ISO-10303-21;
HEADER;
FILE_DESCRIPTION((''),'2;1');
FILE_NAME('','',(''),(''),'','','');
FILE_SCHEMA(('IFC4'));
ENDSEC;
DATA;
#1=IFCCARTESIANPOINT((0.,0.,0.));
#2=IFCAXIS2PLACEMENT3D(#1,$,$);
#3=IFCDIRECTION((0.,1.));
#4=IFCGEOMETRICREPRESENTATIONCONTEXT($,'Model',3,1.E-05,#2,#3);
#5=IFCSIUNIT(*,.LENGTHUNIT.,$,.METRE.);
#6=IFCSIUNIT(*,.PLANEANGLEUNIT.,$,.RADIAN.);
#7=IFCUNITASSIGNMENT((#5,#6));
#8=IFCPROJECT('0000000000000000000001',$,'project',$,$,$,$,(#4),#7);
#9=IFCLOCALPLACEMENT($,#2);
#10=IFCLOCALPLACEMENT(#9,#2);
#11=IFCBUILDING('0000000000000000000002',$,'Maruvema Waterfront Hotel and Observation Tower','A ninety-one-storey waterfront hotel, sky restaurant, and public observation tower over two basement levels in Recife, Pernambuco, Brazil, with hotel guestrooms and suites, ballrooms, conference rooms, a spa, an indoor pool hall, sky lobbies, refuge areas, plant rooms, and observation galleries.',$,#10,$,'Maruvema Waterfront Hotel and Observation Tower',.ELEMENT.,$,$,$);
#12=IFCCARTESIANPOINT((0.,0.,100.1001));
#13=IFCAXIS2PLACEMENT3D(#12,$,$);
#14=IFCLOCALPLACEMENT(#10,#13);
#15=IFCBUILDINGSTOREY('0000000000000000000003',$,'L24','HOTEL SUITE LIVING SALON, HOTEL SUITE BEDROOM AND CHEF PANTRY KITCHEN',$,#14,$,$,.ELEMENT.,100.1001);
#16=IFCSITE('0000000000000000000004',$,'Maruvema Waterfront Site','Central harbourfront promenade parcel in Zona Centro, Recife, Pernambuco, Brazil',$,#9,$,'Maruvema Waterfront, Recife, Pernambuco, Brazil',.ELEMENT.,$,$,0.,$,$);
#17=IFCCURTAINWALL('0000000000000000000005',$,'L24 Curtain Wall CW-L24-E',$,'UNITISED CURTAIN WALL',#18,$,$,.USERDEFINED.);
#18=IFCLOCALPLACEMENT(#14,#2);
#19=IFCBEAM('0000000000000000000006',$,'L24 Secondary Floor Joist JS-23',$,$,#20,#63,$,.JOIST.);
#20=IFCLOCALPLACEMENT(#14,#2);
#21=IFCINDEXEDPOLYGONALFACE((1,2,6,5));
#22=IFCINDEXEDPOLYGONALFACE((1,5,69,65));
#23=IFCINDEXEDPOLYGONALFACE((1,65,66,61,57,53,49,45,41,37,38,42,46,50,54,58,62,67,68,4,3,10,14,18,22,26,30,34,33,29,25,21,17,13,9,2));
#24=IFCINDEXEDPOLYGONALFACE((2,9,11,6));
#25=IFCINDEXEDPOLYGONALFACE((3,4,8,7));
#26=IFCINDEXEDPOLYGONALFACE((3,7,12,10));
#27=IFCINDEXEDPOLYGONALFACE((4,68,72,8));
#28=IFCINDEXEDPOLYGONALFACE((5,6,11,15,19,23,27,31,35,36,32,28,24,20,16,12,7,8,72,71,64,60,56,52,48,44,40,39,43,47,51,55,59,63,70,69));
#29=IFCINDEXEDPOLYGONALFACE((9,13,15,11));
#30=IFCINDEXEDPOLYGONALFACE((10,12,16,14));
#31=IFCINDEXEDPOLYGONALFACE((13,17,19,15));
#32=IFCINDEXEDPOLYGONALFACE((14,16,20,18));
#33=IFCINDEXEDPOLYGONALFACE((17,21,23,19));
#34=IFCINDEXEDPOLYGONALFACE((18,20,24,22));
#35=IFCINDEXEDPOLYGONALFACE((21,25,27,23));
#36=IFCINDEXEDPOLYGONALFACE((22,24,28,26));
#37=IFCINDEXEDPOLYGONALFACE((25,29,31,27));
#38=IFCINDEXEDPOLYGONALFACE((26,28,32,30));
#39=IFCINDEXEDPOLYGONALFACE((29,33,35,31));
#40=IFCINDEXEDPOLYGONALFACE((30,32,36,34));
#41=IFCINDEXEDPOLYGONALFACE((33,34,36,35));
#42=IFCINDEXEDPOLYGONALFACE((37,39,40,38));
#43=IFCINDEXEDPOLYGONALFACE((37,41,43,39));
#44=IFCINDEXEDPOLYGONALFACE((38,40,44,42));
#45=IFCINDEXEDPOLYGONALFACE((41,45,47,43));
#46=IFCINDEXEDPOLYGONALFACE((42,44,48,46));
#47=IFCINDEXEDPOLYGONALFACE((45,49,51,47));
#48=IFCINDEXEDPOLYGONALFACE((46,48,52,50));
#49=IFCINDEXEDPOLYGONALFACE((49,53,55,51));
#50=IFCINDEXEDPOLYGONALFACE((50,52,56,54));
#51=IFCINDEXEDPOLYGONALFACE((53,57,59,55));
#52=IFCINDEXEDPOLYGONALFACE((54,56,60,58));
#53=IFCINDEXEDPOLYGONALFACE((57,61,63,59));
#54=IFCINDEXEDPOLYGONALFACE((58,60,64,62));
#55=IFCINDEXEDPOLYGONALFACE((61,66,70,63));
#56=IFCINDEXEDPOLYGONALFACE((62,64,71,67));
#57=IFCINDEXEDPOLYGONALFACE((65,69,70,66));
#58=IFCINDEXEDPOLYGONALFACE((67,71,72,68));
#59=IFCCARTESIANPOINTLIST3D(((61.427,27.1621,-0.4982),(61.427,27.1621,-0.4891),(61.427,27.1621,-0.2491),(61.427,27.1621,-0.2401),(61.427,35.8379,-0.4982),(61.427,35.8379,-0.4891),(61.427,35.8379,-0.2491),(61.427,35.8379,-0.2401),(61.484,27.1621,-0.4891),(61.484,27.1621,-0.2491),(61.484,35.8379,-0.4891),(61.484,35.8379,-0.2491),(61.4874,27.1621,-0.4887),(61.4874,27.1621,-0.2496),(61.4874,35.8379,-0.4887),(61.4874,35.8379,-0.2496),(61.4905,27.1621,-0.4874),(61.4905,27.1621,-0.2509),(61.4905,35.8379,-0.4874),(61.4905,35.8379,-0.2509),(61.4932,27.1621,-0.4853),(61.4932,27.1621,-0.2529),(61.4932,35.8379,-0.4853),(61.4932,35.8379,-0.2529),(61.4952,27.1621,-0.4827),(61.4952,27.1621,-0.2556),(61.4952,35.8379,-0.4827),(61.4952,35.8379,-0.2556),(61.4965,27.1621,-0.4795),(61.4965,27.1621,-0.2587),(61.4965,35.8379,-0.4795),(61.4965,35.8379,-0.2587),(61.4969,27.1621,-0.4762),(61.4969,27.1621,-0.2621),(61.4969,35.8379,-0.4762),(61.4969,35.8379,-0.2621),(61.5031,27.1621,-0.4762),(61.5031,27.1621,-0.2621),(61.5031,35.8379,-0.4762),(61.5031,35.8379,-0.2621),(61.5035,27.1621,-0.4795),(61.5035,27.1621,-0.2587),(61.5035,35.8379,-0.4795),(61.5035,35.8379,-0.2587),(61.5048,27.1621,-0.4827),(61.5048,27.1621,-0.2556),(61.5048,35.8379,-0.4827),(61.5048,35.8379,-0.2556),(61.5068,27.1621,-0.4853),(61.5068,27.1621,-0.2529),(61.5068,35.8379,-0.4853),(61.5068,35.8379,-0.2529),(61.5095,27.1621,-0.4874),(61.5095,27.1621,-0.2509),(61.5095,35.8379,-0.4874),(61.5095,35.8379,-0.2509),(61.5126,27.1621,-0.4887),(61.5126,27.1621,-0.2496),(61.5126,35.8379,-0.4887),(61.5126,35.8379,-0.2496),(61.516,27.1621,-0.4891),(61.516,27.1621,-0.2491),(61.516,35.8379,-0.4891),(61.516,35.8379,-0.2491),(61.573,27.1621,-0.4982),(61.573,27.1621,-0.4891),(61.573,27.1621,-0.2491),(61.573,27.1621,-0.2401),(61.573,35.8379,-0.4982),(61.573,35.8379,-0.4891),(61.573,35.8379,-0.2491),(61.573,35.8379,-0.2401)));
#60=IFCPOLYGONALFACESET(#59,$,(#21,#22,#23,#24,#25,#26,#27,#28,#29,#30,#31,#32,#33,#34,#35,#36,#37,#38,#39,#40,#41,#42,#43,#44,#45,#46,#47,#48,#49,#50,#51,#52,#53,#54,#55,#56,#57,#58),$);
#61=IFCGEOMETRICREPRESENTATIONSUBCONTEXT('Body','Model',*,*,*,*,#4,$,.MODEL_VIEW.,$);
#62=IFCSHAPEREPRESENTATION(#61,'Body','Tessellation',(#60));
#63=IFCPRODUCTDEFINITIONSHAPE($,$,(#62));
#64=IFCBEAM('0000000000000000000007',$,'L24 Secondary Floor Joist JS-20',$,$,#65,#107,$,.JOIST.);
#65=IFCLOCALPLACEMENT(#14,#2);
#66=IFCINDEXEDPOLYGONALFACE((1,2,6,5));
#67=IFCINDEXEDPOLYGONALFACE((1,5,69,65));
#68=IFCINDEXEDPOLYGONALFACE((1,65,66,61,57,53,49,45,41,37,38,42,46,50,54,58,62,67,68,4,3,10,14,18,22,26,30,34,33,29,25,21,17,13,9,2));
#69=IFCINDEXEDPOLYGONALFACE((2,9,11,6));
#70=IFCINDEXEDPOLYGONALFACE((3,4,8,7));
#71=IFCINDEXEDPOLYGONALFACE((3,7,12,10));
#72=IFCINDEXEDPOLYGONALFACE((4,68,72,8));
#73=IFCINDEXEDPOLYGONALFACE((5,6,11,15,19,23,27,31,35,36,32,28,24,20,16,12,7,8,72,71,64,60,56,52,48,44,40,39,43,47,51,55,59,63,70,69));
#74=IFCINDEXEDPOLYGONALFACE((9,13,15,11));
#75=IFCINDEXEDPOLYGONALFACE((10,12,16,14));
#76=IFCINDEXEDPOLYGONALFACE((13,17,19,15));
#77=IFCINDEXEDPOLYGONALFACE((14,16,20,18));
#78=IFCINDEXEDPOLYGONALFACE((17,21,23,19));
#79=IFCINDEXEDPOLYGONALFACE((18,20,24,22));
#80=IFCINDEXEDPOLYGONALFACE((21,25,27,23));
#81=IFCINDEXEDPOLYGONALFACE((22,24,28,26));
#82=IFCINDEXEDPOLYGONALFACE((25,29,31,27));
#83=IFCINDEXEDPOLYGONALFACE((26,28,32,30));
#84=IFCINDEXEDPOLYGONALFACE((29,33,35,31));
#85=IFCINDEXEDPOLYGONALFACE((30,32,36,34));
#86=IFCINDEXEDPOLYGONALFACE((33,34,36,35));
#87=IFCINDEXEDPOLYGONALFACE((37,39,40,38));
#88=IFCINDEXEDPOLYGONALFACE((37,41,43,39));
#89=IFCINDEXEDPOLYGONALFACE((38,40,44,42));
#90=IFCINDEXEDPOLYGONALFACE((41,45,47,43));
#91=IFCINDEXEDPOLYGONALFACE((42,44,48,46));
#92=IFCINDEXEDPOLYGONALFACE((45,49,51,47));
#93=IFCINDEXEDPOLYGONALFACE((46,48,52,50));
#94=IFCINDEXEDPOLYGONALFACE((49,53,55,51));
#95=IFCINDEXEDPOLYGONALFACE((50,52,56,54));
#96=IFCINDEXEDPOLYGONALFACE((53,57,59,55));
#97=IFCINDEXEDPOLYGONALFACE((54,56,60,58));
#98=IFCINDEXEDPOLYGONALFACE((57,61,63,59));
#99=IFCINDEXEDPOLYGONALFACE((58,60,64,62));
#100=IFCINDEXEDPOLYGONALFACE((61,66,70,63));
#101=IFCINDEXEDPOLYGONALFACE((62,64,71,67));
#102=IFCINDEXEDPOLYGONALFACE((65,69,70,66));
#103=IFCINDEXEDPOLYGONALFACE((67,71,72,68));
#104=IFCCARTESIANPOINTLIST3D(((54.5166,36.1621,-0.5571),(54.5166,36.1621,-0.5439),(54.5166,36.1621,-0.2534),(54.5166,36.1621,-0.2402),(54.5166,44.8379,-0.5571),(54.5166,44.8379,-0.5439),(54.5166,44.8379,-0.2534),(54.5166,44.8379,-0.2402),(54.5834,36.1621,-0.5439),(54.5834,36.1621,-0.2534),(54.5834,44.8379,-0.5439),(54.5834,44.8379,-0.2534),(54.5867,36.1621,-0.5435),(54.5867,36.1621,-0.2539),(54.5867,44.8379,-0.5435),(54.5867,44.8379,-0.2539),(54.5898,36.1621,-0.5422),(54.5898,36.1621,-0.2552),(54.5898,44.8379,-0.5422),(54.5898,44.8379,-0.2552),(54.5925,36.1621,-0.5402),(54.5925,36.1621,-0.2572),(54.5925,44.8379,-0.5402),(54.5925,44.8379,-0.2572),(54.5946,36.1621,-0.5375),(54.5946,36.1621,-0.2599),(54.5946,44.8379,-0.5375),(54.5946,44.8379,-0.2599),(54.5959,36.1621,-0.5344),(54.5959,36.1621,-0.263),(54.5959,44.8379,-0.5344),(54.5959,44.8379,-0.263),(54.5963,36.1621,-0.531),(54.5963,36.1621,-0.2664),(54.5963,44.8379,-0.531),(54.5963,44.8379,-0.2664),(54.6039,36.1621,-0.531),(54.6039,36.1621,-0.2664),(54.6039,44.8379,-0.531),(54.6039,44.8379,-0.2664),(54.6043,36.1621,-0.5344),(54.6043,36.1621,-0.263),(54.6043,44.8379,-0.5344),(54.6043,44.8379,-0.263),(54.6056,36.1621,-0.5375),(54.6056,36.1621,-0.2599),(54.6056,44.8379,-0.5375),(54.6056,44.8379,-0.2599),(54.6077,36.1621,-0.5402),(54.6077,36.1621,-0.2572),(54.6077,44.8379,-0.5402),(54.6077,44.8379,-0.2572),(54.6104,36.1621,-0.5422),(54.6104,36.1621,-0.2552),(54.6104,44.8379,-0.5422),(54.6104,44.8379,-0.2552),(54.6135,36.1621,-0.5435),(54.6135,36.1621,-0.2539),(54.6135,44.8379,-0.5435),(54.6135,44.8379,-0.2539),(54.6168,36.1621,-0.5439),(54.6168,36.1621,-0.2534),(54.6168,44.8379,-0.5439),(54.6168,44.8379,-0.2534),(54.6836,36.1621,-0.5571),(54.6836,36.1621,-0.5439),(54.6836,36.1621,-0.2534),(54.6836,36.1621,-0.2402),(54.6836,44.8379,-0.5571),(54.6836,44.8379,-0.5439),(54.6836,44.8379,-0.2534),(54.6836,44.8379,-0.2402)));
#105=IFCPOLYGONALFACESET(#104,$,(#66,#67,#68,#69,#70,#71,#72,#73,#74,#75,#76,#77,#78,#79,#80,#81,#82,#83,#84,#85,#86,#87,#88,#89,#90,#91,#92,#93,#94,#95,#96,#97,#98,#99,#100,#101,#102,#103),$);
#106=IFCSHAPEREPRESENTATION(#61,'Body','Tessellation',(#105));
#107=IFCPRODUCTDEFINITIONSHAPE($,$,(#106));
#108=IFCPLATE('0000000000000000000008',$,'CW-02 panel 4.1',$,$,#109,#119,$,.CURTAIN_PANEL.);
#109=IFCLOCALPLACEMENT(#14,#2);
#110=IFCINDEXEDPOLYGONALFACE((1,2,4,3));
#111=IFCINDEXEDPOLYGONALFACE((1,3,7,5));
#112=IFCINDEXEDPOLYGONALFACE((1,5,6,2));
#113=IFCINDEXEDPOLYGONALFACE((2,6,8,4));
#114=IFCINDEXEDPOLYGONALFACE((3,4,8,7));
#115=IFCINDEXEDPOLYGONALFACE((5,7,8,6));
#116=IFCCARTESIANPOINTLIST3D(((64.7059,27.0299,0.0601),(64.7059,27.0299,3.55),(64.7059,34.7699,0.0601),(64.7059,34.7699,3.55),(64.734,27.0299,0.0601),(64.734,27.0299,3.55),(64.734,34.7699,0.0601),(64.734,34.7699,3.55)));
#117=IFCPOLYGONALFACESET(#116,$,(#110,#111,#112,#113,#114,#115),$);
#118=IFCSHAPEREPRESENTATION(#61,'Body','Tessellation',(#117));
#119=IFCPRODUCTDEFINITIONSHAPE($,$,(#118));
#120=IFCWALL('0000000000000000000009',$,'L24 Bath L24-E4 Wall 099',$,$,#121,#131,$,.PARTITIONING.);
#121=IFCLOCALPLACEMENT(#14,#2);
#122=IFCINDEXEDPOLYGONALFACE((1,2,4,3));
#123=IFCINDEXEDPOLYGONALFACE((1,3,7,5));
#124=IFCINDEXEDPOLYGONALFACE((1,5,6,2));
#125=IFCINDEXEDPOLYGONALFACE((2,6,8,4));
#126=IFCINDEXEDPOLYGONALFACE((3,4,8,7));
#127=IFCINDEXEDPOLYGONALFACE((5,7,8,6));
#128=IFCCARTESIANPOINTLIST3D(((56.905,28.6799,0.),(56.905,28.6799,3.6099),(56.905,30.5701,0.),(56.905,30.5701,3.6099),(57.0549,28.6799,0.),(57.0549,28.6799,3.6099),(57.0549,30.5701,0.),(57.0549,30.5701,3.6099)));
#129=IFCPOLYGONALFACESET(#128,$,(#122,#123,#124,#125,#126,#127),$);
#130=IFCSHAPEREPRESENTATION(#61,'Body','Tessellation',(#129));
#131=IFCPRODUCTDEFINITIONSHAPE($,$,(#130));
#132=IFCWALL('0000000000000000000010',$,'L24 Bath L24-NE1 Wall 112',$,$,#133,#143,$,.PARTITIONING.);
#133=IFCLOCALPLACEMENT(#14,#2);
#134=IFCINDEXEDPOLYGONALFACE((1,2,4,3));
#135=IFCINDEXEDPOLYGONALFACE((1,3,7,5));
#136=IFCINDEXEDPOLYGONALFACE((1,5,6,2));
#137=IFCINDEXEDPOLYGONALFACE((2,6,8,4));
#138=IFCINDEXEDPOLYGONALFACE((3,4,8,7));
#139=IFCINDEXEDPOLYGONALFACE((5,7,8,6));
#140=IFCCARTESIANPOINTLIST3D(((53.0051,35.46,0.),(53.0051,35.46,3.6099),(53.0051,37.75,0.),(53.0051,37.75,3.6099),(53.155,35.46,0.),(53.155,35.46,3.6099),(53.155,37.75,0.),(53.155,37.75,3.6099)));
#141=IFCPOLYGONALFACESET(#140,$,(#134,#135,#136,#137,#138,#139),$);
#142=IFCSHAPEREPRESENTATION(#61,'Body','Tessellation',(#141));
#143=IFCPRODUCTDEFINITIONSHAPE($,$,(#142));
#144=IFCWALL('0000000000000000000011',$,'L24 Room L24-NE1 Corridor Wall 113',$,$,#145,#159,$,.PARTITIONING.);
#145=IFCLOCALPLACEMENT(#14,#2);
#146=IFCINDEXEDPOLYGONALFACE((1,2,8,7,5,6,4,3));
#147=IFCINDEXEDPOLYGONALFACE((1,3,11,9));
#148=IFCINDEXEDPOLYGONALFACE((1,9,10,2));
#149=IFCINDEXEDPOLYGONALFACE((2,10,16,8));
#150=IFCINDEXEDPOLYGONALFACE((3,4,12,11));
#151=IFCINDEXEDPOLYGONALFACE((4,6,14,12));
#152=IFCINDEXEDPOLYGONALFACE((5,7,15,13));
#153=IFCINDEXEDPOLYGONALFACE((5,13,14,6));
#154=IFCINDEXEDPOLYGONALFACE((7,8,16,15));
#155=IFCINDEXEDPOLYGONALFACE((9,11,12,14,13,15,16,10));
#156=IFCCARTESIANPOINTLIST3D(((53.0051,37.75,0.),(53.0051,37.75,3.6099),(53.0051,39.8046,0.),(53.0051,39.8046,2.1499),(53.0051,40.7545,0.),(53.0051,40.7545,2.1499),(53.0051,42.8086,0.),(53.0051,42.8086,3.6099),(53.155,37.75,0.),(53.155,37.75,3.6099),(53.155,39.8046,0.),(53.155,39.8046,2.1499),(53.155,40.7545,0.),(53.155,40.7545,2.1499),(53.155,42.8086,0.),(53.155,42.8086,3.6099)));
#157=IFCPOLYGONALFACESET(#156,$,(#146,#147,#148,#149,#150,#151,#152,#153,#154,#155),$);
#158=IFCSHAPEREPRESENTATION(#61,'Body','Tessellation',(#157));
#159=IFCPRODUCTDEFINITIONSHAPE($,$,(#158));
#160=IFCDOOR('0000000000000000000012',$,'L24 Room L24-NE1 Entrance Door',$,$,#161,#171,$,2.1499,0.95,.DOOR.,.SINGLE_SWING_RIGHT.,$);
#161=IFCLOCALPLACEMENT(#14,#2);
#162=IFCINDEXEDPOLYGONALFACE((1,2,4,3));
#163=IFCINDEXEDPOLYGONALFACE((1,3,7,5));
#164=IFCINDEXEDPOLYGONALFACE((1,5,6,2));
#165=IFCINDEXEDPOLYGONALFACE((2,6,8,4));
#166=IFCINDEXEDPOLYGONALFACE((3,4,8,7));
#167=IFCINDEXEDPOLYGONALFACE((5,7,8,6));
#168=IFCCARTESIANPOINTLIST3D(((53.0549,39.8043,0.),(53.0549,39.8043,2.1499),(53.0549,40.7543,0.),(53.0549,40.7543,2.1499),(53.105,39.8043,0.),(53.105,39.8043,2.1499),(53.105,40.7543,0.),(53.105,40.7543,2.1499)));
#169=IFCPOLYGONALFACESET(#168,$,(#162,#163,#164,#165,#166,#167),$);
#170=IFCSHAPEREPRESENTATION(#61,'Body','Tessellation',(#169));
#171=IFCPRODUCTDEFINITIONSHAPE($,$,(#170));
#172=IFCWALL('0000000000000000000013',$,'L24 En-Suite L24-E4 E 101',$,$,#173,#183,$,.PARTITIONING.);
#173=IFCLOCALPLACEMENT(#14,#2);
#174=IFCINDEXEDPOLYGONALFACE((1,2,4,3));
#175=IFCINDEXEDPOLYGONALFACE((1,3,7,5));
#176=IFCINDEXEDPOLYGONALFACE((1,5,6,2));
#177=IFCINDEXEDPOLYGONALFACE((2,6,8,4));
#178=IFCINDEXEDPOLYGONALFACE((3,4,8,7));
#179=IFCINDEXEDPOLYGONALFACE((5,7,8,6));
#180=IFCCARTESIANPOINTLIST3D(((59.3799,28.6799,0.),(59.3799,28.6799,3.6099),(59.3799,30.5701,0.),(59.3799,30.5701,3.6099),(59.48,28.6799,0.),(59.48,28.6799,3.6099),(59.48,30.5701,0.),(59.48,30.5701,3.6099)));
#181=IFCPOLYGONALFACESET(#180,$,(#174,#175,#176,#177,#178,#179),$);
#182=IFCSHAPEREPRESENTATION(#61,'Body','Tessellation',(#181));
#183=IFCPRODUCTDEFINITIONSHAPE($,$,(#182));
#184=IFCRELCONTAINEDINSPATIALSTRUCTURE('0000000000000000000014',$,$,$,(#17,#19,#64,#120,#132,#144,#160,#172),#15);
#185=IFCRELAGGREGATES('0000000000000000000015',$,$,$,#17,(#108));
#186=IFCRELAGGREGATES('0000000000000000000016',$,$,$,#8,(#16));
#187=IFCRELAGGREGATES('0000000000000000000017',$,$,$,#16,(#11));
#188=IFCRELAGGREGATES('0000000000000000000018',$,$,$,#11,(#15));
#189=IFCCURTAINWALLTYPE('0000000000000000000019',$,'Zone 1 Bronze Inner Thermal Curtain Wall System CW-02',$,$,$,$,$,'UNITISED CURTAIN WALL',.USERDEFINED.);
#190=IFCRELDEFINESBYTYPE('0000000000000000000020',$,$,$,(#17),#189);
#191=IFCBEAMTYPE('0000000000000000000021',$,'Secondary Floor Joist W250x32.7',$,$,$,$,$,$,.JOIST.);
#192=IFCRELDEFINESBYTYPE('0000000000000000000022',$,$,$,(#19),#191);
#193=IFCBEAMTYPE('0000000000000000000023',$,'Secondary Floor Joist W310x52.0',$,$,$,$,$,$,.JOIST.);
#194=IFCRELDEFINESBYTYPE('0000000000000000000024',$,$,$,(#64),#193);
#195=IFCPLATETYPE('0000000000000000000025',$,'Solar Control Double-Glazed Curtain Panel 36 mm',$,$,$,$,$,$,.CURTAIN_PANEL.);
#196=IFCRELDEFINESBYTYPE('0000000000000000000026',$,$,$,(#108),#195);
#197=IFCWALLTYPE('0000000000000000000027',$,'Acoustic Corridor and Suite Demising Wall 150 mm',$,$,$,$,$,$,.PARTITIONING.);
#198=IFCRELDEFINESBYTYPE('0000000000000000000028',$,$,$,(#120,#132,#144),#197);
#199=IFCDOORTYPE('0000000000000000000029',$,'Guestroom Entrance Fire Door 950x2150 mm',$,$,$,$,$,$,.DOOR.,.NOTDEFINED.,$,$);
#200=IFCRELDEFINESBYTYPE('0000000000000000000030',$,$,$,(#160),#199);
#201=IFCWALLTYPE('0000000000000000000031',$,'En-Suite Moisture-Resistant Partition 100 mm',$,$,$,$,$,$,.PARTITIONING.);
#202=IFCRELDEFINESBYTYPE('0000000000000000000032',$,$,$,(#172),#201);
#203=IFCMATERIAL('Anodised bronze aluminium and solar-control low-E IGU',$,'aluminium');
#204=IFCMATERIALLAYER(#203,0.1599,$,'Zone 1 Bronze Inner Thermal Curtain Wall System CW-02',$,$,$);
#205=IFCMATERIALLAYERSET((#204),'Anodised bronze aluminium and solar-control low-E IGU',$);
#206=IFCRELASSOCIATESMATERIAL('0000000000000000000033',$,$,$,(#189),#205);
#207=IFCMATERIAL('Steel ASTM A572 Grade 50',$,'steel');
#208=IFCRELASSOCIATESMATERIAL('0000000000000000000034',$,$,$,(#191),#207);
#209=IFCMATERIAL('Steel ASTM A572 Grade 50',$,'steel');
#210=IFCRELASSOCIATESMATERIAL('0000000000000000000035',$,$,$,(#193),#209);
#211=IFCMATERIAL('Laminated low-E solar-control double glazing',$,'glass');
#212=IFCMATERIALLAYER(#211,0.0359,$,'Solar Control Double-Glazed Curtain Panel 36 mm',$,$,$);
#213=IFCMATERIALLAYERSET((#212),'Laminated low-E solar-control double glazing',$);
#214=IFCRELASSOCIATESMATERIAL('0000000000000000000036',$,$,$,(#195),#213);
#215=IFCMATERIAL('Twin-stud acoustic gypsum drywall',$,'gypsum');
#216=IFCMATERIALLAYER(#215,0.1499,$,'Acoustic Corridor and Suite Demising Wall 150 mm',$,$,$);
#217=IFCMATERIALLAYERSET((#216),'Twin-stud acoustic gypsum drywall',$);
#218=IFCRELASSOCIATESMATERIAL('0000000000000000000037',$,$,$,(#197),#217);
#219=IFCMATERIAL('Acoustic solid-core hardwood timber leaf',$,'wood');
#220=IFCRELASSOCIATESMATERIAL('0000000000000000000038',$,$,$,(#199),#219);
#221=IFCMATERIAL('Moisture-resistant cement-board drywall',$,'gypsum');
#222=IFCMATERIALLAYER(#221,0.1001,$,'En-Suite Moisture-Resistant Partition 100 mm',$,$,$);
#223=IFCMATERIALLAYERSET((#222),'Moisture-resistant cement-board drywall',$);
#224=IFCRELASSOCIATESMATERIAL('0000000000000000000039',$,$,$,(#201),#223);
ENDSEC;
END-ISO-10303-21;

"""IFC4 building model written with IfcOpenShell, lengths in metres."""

from ifc_helpers import new_model, si_unit, direction, frame, frame_2d, origin, origin_2d, place, context, subcontext, project, spatial, rectangle, i_section, extrude, material, layer, layer_set, material_profile, profile_set, type_object, element, fill, aggregate, save


model = new_model("IFC4")

# Units and contexts
model_context = context("Model", 3, precision=1e-05, world=origin(), true_north=direction((0.0, 1.0)))
body_context = subcontext(model_context, "Body", "Model", "MODEL_VIEW")
ifc_project = project(units=[si_unit("LENGTHUNIT", "METRE"), si_unit("PLANEANGLEUNIT", "RADIAN")], contexts=[model_context])

# Site, building, storey
site_placement = place(None, origin())
site = spatial("IfcSite", under=ifc_project, at=site_placement, Name="Maruvema Waterfront Site", Description="Central harbourfront promenade parcel in Zona Centro, Recife, Pernambuco, Brazil", LongName="Maruvema Waterfront, Recife, Pernambuco, Brazil", CompositionType="ELEMENT", RefElevation=0.0)
building_placement = place(site_placement, origin())
building = spatial("IfcBuilding", under=site, at=building_placement, Name="Maruvema Waterfront Hotel and Observation Tower", Description="A ninety-one-storey waterfront hotel, sky restaurant, and public observation tower over two basement levels in Recife, Pernambuco, Brazil, with hotel guestrooms and suites, ballrooms, conference rooms, a spa, an indoor pool hall, sky lobbies, refuge areas, plant rooms, and observation galleries.", LongName="Maruvema Waterfront Hotel and Observation Tower", CompositionType="ELEMENT")
storey_placement = place(building_placement, frame((0.0, 0.0, 100.1001)))
storey = spatial("IfcBuildingStorey", under=building, at=storey_placement, Name="L24", Description="HOTEL SUITE LIVING SALON, HOTEL SUITE BEDROOM AND CHEF PANTRY KITCHEN", CompositionType="ELEMENT", Elevation=100.1001)

# Curtain wall
ifc_material_1 = material(Name="Anodised bronze aluminium and solar-control low-E IGU", Category="aluminium")
ifc_layer_1 = layer(ifc_material_1, 0.1599, Name="Zone 1 Bronze Inner Thermal Curtain Wall System CW-02")
ifc_layer_set_1 = layer_set([ifc_layer_1], Name="Anodised bronze aluminium and solar-control low-E IGU")
curtain_wall_type = type_object("IfcCurtainWallType", Name="Zone 1 Bronze Inner Thermal Curtain Wall System CW-02", ElementType="UNITISED CURTAIN WALL", PredefinedType="USERDEFINED", material=ifc_layer_set_1)
curtain_wall_placement = place(storey_placement, origin())
curtain_wall = element("IfcCurtainWall", 1, at=curtain_wall_placement, inside=storey, type_object=curtain_wall_type, Name="L24 Curtain Wall CW-L24-E", ObjectType="UNITISED CURTAIN WALL", PredefinedType="USERDEFINED")

# Beams
ifc_material_2 = material(Name="Steel ASTM A572 Grade 50", Category="steel")
ifc_material_profile_1 = material_profile(ifc_material_2, i_section(OverallWidth=0.146, OverallDepth=0.2581, WebThickness=0.0061, FlangeThickness=0.009, FilletRadius=0.0129, at=origin_2d()), Name="W250x32.7")
ifc_profile_set_1 = profile_set([ifc_material_profile_1], Name="Steel ASTM A572 Grade 50")
beam_type_1 = type_object("IfcBeamType", Name="Secondary Floor Joist W250x32.7", PredefinedType="JOIST", material=ifc_profile_set_1)
beam_1_placement = place(storey_placement, frame((61.5, 27.1621, -0.3691), z_axis=(0.0, 1.0, 0.0), x_axis=(-1.0, 0.0, 0.0)))
element("IfcBeam", 2, at=beam_1_placement, inside=storey, type_object=beam_type_1, Name="L24 Secondary Floor Joist JS-23", PredefinedType="JOIST", context=body_context, shape_type="SweptSolid", body=[
    extrude(i_section(OverallWidth=0.146, OverallDepth=0.2581, WebThickness=0.0061, FlangeThickness=0.009, FilletRadius=0.0129, at=origin_2d()), origin(), (0.0, 0.0, 1.0), 8.6758),
])
ifc_material_3 = material(Name="Steel ASTM A572 Grade 50", Category="steel")
ifc_material_profile_2 = material_profile(ifc_material_3, i_section(OverallWidth=0.167, OverallDepth=0.3169, WebThickness=0.0076, FlangeThickness=0.0132, FilletRadius=0.0129, at=origin_2d()), Name="W310x52.0")
ifc_profile_set_2 = profile_set([ifc_material_profile_2], Name="Steel ASTM A572 Grade 50")
beam_type_2 = type_object("IfcBeamType", Name="Secondary Floor Joist W310x52.0", PredefinedType="JOIST", material=ifc_profile_set_2)
beam_2_placement = place(storey_placement, frame((54.6001, 36.1621, -0.3987), z_axis=(0.0, 1.0, 0.0), x_axis=(-1.0, 0.0, 0.0)))
element("IfcBeam", 3, at=beam_2_placement, inside=storey, type_object=beam_type_2, Name="L24 Secondary Floor Joist JS-20", PredefinedType="JOIST", context=body_context, shape_type="SweptSolid", body=[
    extrude(i_section(OverallWidth=0.167, OverallDepth=0.3169, WebThickness=0.0076, FlangeThickness=0.0132, FilletRadius=0.0129, at=origin_2d()), origin(), (0.0, 0.0, 1.0), 8.6758),
])

# Plate
ifc_material_4 = material(Name="Laminated low-E solar-control double glazing", Category="glass")
ifc_layer_2 = layer(ifc_material_4, 0.0359, Name="Solar Control Double-Glazed Curtain Panel 36 mm")
ifc_layer_set_2 = layer_set([ifc_layer_2], Name="Laminated low-E solar-control double glazing")
plate_type = type_object("IfcPlateType", Name="Solar Control Double-Glazed Curtain Panel 36 mm", PredefinedType="CURTAIN_PANEL", material=ifc_layer_set_2)
plate_placement = place(storey_placement, frame((64.72, 30.8999, 0.0601), z_axis=(0.0, 0.0, 1.0), x_axis=(0.0, 1.0, 0.0)))
plate = element("IfcPlate", 4, at=plate_placement, type_object=plate_type, Name="CW-02 panel 4.1", PredefinedType="CURTAIN_PANEL", context=body_context, shape_type="SweptSolid", body=[
    extrude(rectangle(XDim=7.74, YDim=0.0281, at=origin_2d()), origin(), (0.0, 0.0, 1.0), 3.49),
])
aggregate(curtain_wall, [plate])

# Wall
ifc_material_5 = material(Name="Twin-stud acoustic gypsum drywall", Category="gypsum")
ifc_layer_3 = layer(ifc_material_5, 0.1499, Name="Acoustic Corridor and Suite Demising Wall 150 mm")
ifc_layer_set_3 = layer_set([ifc_layer_3], Name="Twin-stud acoustic gypsum drywall")
wall_type_1 = type_object("IfcWallType", Name="Acoustic Corridor and Suite Demising Wall 150 mm", PredefinedType="PARTITIONING", material=ifc_layer_set_3)
wall_1_placement = place(storey_placement, frame((56.98, 28.6799, 0.0), z_axis=(0.0, 0.0, 1.0), x_axis=(0.0, 1.0, 0.0)))
element("IfcWall", 5, at=wall_1_placement, inside=storey, type_object=wall_type_1, Name="L24 Bath L24-E4 Wall 099", PredefinedType="PARTITIONING", context=body_context, shape_type="SweptSolid", body=[
    extrude(rectangle(XDim=1.8901, YDim=0.1499, at=frame_2d((0.9451, 0.0))), origin(), (0.0, 0.0, 1.0), 3.6099),
])

# Shared definitions
ifc_material_6 = material(Name="Acoustic solid-core hardwood timber leaf", Category="wood")
door_type_1 = type_object("IfcDoorType", Name="Guestroom Entrance Fire Door 950x2150 mm", OperationType="NOTDEFINED", PredefinedType="DOOR", material=ifc_material_6)

# Wall
wall_2_placement = place(storey_placement, frame((53.0801, 35.46, 0.0), z_axis=(0.0, 0.0, 1.0), x_axis=(0.0, 1.0, 0.0)))
element("IfcWall", 6, at=wall_2_placement, inside=storey, type_object=wall_type_1, Name="L24 Bath L24-NE1 Wall 112", PredefinedType="PARTITIONING", context=body_context, shape_type="SweptSolid", body=[
    extrude(rectangle(XDim=2.29, YDim=0.1499, at=frame_2d((1.145, 0.0))), origin(), (0.0, 0.0, 1.0), 3.6099),
])

# Wall, opening, door
wall_3_placement = place(storey_placement, frame((53.0801, 37.75, 0.0), z_axis=(0.0, 0.0, 1.0), x_axis=(0.0, 1.0, 0.0)))
wall_3 = element("IfcWall", 7, at=wall_3_placement, inside=storey, type_object=wall_type_1, Name="L24 Room L24-NE1 Corridor Wall 113", PredefinedType="PARTITIONING", context=body_context, shape_type="SweptSolid", body=[
    extrude(rectangle(XDim=5.0586, YDim=0.1499, at=frame_2d((2.5293, 0.0))), origin(), (0.0, 0.0, 1.0), 3.6099),
])
opening_1_placement = place(wall_3_placement, frame((2.0544, 0.0, 0.0)))
opening_1 = element("IfcOpeningElement", 8, at=opening_1_placement, cuts=wall_3, PredefinedType="OPENING", context=body_context, shape_type="SweptSolid", body=[
    extrude(rectangle(XDim=0.95, YDim=2.1499, at=frame_2d((0.4751, 1.075))), frame((0.0, 0.085, 0.0), z_axis=(0.0, -1.0, 0.0), x_axis=(1.0, 0.0, 0.0)), (0.0, 0.0, 1.0), 0.1699),
])
door_1_placement = place(opening_1_placement, frame((0.95, 0.0, 0.0), z_axis=(0.0, 0.0, 1.0), x_axis=(-1.0, 0.0, 0.0)))
door_1 = element("IfcDoor", 9, at=door_1_placement, inside=storey, type_object=door_type_1, Name="L24 Room L24-NE1 Entrance Door", OperationType="SINGLE_SWING_RIGHT", OverallHeight=2.1499, OverallWidth=0.95, PredefinedType="DOOR", context=body_context, shape_type="SweptSolid", body=[
    extrude(rectangle(XDim=0.95, YDim=2.1499, at=frame_2d((0.4751, 1.075))), frame((0.0, 0.0249, 0.0), z_axis=(0.0, -1.0, 0.0), x_axis=(1.0, 0.0, 0.0)), (0.0, 0.0, 1.0), 0.05),
])
fill(opening_1, door_1)

# Wall
ifc_material_7 = material(Name="Moisture-resistant cement-board drywall", Category="gypsum")
ifc_layer_4 = layer(ifc_material_7, 0.1001, Name="En-Suite Moisture-Resistant Partition 100 mm")
ifc_layer_set_4 = layer_set([ifc_layer_4], Name="Moisture-resistant cement-board drywall")
wall_type_2 = type_object("IfcWallType", Name="En-Suite Moisture-Resistant Partition 100 mm", PredefinedType="PARTITIONING", material=ifc_layer_set_4)
wall_4_placement = place(storey_placement, frame((59.4299, 28.6799, 0.0), z_axis=(0.0, 0.0, 1.0), x_axis=(0.0, 1.0, 0.0)))
element("IfcWall", 10, at=wall_4_placement, inside=storey, type_object=wall_type_2, Name="L24 En-Suite L24-E4 E 101", PredefinedType="PARTITIONING", context=body_context, shape_type="SweptSolid", body=[
    extrude(rectangle(XDim=1.8901, YDim=0.1001, at=frame_2d((0.9451, 0.0))), origin(), (0.0, 0.0, 1.0), 3.6099),
])

save(model, "model.ifc")
